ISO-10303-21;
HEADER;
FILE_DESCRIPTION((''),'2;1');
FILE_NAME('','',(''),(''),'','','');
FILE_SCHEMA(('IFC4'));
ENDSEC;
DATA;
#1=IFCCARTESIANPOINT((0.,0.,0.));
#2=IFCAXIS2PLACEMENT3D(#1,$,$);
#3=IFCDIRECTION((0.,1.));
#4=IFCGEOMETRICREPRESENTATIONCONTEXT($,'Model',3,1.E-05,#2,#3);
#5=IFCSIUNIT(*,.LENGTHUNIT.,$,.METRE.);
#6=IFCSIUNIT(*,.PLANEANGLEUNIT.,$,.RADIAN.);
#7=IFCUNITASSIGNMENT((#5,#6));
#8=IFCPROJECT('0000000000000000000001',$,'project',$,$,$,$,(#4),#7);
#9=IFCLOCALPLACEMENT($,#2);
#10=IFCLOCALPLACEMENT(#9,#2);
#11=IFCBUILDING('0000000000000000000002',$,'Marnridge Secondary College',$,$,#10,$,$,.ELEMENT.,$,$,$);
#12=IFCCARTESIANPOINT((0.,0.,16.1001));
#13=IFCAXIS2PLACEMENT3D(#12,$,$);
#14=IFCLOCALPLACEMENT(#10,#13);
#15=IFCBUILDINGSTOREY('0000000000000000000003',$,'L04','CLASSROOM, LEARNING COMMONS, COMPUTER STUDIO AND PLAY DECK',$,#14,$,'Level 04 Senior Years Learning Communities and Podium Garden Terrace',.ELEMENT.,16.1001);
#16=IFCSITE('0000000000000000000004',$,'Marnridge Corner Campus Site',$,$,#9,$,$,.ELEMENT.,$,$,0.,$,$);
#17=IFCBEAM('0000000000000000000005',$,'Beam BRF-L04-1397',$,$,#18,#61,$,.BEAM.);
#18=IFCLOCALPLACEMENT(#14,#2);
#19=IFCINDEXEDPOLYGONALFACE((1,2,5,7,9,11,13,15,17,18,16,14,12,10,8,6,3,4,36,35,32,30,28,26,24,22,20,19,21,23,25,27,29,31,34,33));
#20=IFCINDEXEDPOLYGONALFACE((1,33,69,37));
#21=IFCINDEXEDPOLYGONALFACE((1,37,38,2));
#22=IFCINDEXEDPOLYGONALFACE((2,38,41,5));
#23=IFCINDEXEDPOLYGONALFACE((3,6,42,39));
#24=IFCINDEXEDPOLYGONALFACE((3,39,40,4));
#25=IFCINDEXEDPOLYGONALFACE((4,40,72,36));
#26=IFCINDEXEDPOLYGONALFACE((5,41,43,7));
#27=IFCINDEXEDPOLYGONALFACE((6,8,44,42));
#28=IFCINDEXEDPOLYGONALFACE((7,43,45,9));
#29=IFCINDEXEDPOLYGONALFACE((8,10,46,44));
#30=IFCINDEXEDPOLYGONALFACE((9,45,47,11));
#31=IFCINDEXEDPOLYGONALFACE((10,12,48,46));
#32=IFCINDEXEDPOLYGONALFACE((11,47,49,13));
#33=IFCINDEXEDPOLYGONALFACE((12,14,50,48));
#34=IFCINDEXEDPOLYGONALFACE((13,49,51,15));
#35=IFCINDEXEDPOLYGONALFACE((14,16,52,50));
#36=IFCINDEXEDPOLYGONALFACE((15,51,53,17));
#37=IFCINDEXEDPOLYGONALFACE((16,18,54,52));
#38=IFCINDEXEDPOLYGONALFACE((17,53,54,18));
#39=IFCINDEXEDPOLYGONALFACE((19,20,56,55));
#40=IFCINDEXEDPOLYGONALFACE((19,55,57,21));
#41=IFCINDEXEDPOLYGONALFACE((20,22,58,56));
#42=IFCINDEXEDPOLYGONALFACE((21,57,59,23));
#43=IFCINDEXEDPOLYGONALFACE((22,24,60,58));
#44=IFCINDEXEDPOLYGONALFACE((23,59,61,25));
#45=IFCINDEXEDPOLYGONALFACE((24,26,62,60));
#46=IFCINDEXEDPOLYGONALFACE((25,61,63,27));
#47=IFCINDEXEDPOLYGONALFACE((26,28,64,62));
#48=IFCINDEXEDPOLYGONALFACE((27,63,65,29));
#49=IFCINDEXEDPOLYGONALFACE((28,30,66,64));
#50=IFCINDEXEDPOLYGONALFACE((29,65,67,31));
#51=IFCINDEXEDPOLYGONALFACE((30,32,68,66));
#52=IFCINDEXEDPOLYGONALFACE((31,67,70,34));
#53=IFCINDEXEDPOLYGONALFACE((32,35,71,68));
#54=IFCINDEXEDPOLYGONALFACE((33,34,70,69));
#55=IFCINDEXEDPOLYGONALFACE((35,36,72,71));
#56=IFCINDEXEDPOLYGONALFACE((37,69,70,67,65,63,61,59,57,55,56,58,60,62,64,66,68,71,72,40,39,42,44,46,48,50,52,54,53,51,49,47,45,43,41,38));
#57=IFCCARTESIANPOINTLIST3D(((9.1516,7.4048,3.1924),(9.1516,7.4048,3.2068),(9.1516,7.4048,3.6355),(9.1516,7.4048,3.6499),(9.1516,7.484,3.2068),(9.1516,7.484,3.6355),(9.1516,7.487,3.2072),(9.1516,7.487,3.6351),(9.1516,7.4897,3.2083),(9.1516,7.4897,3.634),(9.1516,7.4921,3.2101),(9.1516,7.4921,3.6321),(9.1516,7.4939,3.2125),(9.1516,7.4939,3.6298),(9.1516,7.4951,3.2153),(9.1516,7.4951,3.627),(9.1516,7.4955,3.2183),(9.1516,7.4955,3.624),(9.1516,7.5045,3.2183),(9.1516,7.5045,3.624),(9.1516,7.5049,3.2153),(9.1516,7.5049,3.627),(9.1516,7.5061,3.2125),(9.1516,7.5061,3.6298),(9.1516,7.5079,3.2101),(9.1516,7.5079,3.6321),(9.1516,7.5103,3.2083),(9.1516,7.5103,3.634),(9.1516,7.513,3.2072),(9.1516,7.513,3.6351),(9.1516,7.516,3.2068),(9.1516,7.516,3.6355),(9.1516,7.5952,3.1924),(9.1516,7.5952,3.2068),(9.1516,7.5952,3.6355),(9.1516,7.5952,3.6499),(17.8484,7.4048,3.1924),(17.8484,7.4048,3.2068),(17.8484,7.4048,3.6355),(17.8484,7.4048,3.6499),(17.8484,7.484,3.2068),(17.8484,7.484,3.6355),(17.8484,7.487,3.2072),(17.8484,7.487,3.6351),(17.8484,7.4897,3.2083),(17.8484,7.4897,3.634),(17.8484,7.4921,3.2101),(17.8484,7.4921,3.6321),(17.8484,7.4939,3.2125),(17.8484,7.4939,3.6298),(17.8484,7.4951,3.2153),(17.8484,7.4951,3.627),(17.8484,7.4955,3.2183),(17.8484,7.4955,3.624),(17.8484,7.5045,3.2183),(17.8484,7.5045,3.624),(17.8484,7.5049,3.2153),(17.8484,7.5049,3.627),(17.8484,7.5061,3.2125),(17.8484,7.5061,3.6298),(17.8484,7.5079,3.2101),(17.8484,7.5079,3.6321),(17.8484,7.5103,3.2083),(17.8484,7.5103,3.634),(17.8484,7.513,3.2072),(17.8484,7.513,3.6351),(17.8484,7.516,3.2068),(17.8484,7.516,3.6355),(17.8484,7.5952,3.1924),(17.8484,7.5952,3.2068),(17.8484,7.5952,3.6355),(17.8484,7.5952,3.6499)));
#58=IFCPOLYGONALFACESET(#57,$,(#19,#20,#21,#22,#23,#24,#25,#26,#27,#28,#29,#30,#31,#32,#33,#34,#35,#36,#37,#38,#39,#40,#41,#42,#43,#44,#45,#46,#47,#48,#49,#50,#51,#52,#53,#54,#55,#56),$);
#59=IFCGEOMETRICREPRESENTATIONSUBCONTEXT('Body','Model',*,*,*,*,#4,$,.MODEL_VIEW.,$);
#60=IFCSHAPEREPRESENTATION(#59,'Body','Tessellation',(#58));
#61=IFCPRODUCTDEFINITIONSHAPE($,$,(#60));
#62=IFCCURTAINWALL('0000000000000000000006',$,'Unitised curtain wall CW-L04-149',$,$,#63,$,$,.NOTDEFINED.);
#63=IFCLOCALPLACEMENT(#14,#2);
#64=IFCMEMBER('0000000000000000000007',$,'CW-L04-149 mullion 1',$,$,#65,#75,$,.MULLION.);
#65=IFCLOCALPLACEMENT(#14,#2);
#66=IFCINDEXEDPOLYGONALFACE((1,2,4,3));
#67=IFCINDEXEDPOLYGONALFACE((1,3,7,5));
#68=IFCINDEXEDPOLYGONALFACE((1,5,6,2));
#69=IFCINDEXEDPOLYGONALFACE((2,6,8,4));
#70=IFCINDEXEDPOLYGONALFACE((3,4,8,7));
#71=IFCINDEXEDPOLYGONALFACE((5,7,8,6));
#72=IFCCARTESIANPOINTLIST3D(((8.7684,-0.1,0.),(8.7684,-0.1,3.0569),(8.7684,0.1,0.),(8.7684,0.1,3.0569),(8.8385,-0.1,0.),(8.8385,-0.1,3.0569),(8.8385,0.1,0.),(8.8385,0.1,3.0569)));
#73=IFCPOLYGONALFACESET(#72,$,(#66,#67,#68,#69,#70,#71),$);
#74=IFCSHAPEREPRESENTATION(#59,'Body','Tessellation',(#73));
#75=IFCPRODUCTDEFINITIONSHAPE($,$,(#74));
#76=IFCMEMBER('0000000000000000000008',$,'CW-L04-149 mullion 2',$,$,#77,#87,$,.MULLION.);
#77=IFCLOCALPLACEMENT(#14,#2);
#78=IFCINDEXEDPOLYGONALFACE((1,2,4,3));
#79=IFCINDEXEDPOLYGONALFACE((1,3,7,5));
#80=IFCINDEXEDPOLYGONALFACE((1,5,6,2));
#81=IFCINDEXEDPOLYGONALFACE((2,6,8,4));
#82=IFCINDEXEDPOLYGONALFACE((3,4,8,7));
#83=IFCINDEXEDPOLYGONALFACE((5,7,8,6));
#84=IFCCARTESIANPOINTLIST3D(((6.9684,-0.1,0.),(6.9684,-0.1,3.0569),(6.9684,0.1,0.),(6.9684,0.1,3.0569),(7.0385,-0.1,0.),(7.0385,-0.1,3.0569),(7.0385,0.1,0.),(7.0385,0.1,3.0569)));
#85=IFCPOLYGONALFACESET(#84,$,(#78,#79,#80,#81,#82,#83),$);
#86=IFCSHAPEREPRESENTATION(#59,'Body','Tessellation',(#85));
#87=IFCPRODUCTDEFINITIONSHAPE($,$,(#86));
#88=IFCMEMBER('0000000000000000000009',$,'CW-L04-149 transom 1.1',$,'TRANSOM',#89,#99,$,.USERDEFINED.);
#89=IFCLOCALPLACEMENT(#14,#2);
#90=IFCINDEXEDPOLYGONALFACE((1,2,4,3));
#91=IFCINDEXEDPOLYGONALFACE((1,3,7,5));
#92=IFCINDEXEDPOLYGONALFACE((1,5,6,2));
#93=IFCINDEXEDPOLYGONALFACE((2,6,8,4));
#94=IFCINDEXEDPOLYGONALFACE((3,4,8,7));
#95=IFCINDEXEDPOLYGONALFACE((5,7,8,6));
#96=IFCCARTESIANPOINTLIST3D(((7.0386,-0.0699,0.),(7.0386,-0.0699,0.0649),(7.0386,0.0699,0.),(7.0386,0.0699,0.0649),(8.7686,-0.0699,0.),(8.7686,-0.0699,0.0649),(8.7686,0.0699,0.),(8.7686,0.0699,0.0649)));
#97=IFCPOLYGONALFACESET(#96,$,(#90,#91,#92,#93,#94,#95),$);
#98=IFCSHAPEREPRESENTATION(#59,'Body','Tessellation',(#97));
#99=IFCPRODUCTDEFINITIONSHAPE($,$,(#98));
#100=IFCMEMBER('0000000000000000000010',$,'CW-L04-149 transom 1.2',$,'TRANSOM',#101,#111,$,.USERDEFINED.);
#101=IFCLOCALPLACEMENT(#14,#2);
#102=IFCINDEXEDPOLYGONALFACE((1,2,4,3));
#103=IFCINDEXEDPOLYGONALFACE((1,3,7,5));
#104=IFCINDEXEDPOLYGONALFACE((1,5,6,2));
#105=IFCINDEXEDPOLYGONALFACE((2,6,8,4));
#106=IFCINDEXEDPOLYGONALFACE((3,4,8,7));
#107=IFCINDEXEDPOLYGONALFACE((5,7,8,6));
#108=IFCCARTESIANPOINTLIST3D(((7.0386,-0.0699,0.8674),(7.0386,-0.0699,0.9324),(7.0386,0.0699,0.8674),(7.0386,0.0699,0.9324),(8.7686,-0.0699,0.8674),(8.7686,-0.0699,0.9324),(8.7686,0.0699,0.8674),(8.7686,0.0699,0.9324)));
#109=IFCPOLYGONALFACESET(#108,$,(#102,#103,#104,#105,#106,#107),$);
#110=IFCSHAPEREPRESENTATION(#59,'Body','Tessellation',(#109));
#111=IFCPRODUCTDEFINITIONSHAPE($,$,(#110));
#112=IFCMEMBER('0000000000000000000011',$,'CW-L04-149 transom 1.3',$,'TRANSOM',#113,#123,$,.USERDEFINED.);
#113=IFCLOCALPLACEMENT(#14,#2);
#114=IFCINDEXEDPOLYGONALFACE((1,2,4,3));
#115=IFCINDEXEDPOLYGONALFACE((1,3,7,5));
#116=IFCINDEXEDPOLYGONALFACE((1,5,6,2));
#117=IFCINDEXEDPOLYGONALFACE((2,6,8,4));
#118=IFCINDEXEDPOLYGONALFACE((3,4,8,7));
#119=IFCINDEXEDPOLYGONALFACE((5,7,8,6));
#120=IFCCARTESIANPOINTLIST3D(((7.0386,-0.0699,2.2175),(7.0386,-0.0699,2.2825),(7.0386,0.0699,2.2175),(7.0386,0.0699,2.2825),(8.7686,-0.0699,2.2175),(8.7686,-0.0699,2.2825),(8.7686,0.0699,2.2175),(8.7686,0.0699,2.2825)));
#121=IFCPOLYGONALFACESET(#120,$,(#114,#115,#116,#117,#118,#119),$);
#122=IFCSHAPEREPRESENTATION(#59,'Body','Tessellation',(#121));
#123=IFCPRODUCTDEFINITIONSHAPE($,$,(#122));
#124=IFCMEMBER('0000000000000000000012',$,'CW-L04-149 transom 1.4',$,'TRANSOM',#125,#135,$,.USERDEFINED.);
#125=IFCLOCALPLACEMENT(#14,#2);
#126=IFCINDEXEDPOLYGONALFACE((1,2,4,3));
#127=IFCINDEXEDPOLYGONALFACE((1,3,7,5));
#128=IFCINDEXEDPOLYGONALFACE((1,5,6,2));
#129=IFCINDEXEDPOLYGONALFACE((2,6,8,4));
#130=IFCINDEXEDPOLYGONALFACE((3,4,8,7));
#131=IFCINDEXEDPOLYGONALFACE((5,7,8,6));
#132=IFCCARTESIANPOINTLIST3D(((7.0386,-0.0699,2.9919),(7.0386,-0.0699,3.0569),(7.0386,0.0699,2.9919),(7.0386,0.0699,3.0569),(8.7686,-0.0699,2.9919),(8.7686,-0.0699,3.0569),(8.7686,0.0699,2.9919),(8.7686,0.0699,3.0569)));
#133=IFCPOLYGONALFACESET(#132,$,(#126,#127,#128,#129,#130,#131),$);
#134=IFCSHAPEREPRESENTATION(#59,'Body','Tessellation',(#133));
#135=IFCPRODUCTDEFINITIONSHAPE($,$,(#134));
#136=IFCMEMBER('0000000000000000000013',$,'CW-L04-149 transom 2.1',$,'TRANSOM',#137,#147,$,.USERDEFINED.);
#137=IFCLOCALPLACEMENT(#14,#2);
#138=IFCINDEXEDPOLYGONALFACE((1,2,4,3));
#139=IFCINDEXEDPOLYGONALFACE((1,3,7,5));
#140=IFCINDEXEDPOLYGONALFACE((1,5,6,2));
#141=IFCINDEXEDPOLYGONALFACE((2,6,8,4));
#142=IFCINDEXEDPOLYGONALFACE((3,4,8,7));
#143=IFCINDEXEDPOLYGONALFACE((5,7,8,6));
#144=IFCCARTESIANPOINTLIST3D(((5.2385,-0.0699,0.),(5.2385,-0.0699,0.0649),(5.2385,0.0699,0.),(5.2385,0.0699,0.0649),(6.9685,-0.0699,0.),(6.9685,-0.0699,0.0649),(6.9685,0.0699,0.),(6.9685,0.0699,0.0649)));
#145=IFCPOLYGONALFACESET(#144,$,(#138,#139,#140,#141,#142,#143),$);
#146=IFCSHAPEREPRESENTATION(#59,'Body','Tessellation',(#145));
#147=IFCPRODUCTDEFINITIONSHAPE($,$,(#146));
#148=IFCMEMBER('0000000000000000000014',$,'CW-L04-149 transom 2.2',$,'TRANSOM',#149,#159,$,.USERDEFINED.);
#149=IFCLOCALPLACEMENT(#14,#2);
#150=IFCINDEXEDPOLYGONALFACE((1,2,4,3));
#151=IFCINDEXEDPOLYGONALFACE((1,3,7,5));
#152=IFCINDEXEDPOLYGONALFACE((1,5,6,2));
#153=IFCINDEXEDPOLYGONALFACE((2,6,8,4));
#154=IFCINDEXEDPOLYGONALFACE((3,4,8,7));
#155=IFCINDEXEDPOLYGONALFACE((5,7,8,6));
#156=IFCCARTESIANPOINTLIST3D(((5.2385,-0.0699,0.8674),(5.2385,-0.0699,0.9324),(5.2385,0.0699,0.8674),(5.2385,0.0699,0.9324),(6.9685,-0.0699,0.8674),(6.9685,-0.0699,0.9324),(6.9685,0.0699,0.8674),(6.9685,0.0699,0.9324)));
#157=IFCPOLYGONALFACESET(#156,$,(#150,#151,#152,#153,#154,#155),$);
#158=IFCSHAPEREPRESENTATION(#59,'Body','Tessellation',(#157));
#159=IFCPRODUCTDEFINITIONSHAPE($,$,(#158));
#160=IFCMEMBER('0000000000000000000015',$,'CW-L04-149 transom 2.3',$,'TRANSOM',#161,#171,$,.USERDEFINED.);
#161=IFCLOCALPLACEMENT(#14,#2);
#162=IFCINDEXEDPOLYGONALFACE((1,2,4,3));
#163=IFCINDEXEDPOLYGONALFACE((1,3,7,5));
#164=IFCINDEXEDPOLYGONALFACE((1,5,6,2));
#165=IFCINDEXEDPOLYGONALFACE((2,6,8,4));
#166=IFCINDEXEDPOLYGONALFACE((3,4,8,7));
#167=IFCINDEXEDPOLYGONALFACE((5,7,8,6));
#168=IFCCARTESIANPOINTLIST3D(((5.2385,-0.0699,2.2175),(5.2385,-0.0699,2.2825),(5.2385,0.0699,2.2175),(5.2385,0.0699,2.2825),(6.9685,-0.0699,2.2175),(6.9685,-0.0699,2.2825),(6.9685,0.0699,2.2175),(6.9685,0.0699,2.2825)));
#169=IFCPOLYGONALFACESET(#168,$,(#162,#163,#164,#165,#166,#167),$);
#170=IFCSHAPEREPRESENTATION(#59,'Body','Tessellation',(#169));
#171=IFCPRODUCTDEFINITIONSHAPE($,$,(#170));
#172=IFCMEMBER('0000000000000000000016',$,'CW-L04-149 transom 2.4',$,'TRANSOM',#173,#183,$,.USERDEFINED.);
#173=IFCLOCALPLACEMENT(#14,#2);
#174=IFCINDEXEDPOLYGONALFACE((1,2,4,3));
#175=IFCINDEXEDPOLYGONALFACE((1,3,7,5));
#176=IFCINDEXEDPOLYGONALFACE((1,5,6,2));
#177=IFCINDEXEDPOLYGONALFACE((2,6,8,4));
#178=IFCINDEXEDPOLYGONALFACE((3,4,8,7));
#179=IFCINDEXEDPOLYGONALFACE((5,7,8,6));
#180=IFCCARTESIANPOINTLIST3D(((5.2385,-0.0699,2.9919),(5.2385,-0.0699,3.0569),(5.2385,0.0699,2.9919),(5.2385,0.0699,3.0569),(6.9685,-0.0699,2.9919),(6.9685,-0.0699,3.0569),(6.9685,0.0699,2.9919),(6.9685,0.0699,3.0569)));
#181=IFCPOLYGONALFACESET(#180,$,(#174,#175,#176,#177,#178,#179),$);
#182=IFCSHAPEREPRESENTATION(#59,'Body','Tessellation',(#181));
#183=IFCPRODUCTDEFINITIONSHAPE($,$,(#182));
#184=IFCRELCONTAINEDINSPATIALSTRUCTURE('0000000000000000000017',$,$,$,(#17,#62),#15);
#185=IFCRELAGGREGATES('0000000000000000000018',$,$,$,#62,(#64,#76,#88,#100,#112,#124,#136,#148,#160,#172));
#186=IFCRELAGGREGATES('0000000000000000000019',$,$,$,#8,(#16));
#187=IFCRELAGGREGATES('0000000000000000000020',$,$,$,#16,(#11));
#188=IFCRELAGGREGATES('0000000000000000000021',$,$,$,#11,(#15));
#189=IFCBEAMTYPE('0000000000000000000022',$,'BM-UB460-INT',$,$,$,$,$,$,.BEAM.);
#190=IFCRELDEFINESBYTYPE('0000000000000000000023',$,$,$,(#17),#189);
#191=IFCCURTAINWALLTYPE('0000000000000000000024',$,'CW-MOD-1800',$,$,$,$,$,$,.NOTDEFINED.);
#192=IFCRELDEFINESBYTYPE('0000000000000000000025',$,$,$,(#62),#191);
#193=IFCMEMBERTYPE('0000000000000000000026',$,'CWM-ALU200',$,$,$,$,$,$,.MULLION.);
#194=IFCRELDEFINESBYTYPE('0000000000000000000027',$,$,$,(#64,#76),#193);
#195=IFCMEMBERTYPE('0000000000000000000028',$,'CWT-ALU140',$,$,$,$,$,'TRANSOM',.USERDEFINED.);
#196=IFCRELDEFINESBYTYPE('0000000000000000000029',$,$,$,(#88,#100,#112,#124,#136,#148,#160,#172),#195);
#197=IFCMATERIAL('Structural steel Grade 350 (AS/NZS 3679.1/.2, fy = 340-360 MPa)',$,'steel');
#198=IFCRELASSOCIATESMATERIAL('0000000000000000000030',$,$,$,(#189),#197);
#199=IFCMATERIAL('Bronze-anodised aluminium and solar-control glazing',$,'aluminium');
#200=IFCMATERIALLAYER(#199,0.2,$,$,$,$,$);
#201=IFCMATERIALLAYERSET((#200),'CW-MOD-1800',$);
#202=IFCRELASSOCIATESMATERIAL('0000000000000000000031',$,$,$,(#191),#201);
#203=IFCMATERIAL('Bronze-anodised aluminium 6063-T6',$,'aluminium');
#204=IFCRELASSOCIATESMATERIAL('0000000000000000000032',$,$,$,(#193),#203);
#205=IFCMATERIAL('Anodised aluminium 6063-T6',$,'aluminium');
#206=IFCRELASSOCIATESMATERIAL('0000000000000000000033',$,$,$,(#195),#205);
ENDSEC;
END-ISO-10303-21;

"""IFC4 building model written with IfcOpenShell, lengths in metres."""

from ifc_helpers import new_model, si_unit, direction, frame, origin, origin_2d, place, context, subcontext, project, spatial, rectangle, i_section, extrude, material, layer, layer_set, material_profile, profile_set, type_object, element, aggregate, save


model = new_model("IFC4")

# Units and contexts
model_context = context("Model", 3, precision=1e-05, world=origin(), true_north=direction((0.0, 1.0)))
body_context = subcontext(model_context, "Body", "Model", "MODEL_VIEW")
ifc_project = project(units=[si_unit("LENGTHUNIT", "METRE"), si_unit("PLANEANGLEUNIT", "RADIAN")], contexts=[model_context])

# Site, building, storey
site_placement = place(None, origin())
site = spatial("IfcSite", under=ifc_project, at=site_placement, Name="Marnridge Corner Campus Site", CompositionType="ELEMENT", RefElevation=0.0)
building_placement = place(site_placement, origin())
building = spatial("IfcBuilding", under=site, at=building_placement, Name="Marnridge Secondary College", CompositionType="ELEMENT")
storey_placement = place(building_placement, frame((0.0, 0.0, 16.1001)))
storey = spatial("IfcBuildingStorey", under=building, at=storey_placement, Name="L04", Description="CLASSROOM, LEARNING COMMONS, COMPUTER STUDIO AND PLAY DECK", LongName="Level 04 Senior Years Learning Communities and Podium Garden Terrace", CompositionType="ELEMENT", Elevation=16.1001)

# Beam
ifc_material_1 = material(Name="Structural steel Grade 350 (AS/NZS 3679.1/.2, fy = 340-360 MPa)", Category="steel")
ifc_material_profile_1 = material_profile(ifc_material_1, i_section(OverallWidth=0.1904, OverallDepth=0.4575, WebThickness=0.009, FlangeThickness=0.0144, FilletRadius=0.0115, at=origin_2d()), Name="460UB74.6")
ifc_profile_set_1 = profile_set([ifc_material_profile_1], Name="Structural steel Grade 350 (AS/NZS 3679.1/.2, fy = 340-360 MPa)")
beam_type_1 = type_object("IfcBeamType", Name="BM-UB460-INT", PredefinedType="BEAM", material=ifc_profile_set_1)
beam_1_placement = place(storey_placement, frame((9.1516, 7.5, 3.4211), z_axis=(1.0, 0.0, 0.0), x_axis=(0.0, 1.0, 0.0)))
element("IfcBeam", 1, at=beam_1_placement, inside=storey, type_object=beam_type_1, Name="Beam BRF-L04-1397", PredefinedType="BEAM", context=body_context, shape_type="SweptSolid", body=[
    extrude(i_section(OverallWidth=0.1904, OverallDepth=0.4575, WebThickness=0.009, FlangeThickness=0.0144, FilletRadius=0.0115, at=origin_2d()), origin(), (0.0, 0.0, 1.0), 8.6968),
])

# Curtain wall, members
ifc_material_2 = material(Name="Bronze-anodised aluminium and solar-control glazing", Category="aluminium")
ifc_layer_1 = layer(ifc_material_2, 0.2)
ifc_layer_set_1 = layer_set([ifc_layer_1], Name="CW-MOD-1800")
curtain_wall_type = type_object("IfcCurtainWallType", Name="CW-MOD-1800", PredefinedType="NOTDEFINED", material=ifc_layer_set_1)
curtain_wall_placement = place(storey_placement, origin())
curtain_wall = element("IfcCurtainWall", 2, at=curtain_wall_placement, inside=storey, type_object=curtain_wall_type, Name="Unitised curtain wall CW-L04-149", PredefinedType="NOTDEFINED")
ifc_material_3 = material(Name="Bronze-anodised aluminium 6063-T6", Category="aluminium")
ifc_material_profile_2 = material_profile(ifc_material_3, rectangle(XDim=0.0701, YDim=0.2, at=origin_2d()), Name="ALU 70x200")
ifc_profile_set_2 = profile_set([ifc_material_profile_2], Name="Bronze-anodised aluminium 6063-T6")
member_type_1 = type_object("IfcMemberType", Name="CWM-ALU200", PredefinedType="MULLION", material=ifc_profile_set_2)
member_1_placement = place(storey_placement, frame((8.8035, 0.0, 0.0), z_axis=(0.0, 0.0, 1.0), x_axis=(-1.0, 0.0, 0.0)))
member_1 = element("IfcMember", 3, at=member_1_placement, type_object=member_type_1, Name="CW-L04-149 mullion 1", PredefinedType="MULLION", context=body_context, shape_type="SweptSolid", body=[
    extrude(rectangle(XDim=0.0701, YDim=0.2, at=origin_2d()), origin(), (0.0, 0.0, 1.0), 3.0569),
])
member_2_placement = place(storey_placement, frame((7.0034, 0.0, 0.0), z_axis=(0.0, 0.0, 1.0), x_axis=(-1.0, 0.0, 0.0)))
member_2 = element("IfcMember", 4, at=member_2_placement, type_object=member_type_1, Name="CW-L04-149 mullion 2", PredefinedType="MULLION", context=body_context, shape_type="SweptSolid", body=[
    extrude(rectangle(XDim=0.0701, YDim=0.2, at=origin_2d()), origin(), (0.0, 0.0, 1.0), 3.0569),
])
ifc_material_4 = material(Name="Anodised aluminium 6063-T6", Category="aluminium")
ifc_material_profile_3 = material_profile(ifc_material_4, rectangle(XDim=0.0649, YDim=0.1399, at=origin_2d()), Name="ALU 65x140")
ifc_profile_set_3 = profile_set([ifc_material_profile_3], Name="Anodised aluminium 6063-T6")
member_type_2 = type_object("IfcMemberType", Name="CWT-ALU140", ElementType="TRANSOM", PredefinedType="USERDEFINED", material=ifc_profile_set_3)
member_3_placement = place(storey_placement, frame((8.7686, 0.0, 0.0325), z_axis=(-1.0, 0.0, 0.0), x_axis=(0.0, 0.0, 1.0)))
member_3 = element("IfcMember", 5, at=member_3_placement, type_object=member_type_2, Name="CW-L04-149 transom 1.1", ObjectType="TRANSOM", PredefinedType="USERDEFINED", context=body_context, shape_type="SweptSolid", body=[
    extrude(rectangle(XDim=0.0649, YDim=0.1399, at=origin_2d()), origin(), (0.0, 0.0, 1.0), 1.73),
])
member_4_placement = place(storey_placement, frame((8.7686, 0.0, 0.8999), z_axis=(-1.0, 0.0, 0.0), x_axis=(0.0, 0.0, 1.0)))
member_4 = element("IfcMember", 6, at=member_4_placement, type_object=member_type_2, Name="CW-L04-149 transom 1.2", ObjectType="TRANSOM", PredefinedType="USERDEFINED", context=body_context, shape_type="SweptSolid", body=[
    extrude(rectangle(XDim=0.0649, YDim=0.1399, at=origin_2d()), origin(), (0.0, 0.0, 1.0), 1.73),
])
member_5_placement = place(storey_placement, frame((8.7686, 0.0, 2.25), z_axis=(-1.0, 0.0, 0.0), x_axis=(0.0, 0.0, 1.0)))
member_5 = element("IfcMember", 7, at=member_5_placement, type_object=member_type_2, Name="CW-L04-149 transom 1.3", ObjectType="TRANSOM", PredefinedType="USERDEFINED", context=body_context, shape_type="SweptSolid", body=[
    extrude(rectangle(XDim=0.0649, YDim=0.1399, at=origin_2d()), origin(), (0.0, 0.0, 1.0), 1.73),
])
member_6_placement = place(storey_placement, frame((8.7686, 0.0, 3.0244), z_axis=(-1.0, 0.0, 0.0), x_axis=(0.0, 0.0, 1.0)))
member_6 = element("IfcMember", 8, at=member_6_placement, type_object=member_type_2, Name="CW-L04-149 transom 1.4", ObjectType="TRANSOM", PredefinedType="USERDEFINED", context=body_context, shape_type="SweptSolid", body=[
    extrude(rectangle(XDim=0.0649, YDim=0.1399, at=origin_2d()), origin(), (0.0, 0.0, 1.0), 1.73),
])
member_7_placement = place(storey_placement, frame((6.9685, 0.0, 0.0325), z_axis=(-1.0, 0.0, 0.0), x_axis=(0.0, 0.0, 1.0)))
member_7 = element("IfcMember", 9, at=member_7_placement, type_object=member_type_2, Name="CW-L04-149 transom 2.1", ObjectType="TRANSOM", PredefinedType="USERDEFINED", context=body_context, shape_type="SweptSolid", body=[
    extrude(rectangle(XDim=0.0649, YDim=0.1399, at=origin_2d()), origin(), (0.0, 0.0, 1.0), 1.73),
])
member_8_placement = place(storey_placement, frame((6.9685, 0.0, 0.8999), z_axis=(-1.0, 0.0, 0.0), x_axis=(0.0, 0.0, 1.0)))
member_8 = element("IfcMember", 10, at=member_8_placement, type_object=member_type_2, Name="CW-L04-149 transom 2.2", ObjectType="TRANSOM", PredefinedType="USERDEFINED", context=body_context, shape_type="SweptSolid", body=[
    extrude(rectangle(XDim=0.0649, YDim=0.1399, at=origin_2d()), origin(), (0.0, 0.0, 1.0), 1.73),
])
member_9_placement = place(storey_placement, frame((6.9685, 0.0, 2.25), z_axis=(-1.0, 0.0, 0.0), x_axis=(0.0, 0.0, 1.0)))
member_9 = element("IfcMember", 11, at=member_9_placement, type_object=member_type_2, Name="CW-L04-149 transom 2.3", ObjectType="TRANSOM", PredefinedType="USERDEFINED", context=body_context, shape_type="SweptSolid", body=[
    extrude(rectangle(XDim=0.0649, YDim=0.1399, at=origin_2d()), origin(), (0.0, 0.0, 1.0), 1.73),
])
member_10_placement = place(storey_placement, frame((6.9685, 0.0, 3.0244), z_axis=(-1.0, 0.0, 0.0), x_axis=(0.0, 0.0, 1.0)))
member_10 = element("IfcMember", 12, at=member_10_placement, type_object=member_type_2, Name="CW-L04-149 transom 2.4", ObjectType="TRANSOM", PredefinedType="USERDEFINED", context=body_context, shape_type="SweptSolid", body=[
    extrude(rectangle(XDim=0.0649, YDim=0.1399, at=origin_2d()), origin(), (0.0, 0.0, 1.0), 1.73),
])
aggregate(curtain_wall, [member_1, member_2, member_3, member_4, member_5, member_6, member_7, member_8, member_9, member_10])

save(model, "model.ifc")
